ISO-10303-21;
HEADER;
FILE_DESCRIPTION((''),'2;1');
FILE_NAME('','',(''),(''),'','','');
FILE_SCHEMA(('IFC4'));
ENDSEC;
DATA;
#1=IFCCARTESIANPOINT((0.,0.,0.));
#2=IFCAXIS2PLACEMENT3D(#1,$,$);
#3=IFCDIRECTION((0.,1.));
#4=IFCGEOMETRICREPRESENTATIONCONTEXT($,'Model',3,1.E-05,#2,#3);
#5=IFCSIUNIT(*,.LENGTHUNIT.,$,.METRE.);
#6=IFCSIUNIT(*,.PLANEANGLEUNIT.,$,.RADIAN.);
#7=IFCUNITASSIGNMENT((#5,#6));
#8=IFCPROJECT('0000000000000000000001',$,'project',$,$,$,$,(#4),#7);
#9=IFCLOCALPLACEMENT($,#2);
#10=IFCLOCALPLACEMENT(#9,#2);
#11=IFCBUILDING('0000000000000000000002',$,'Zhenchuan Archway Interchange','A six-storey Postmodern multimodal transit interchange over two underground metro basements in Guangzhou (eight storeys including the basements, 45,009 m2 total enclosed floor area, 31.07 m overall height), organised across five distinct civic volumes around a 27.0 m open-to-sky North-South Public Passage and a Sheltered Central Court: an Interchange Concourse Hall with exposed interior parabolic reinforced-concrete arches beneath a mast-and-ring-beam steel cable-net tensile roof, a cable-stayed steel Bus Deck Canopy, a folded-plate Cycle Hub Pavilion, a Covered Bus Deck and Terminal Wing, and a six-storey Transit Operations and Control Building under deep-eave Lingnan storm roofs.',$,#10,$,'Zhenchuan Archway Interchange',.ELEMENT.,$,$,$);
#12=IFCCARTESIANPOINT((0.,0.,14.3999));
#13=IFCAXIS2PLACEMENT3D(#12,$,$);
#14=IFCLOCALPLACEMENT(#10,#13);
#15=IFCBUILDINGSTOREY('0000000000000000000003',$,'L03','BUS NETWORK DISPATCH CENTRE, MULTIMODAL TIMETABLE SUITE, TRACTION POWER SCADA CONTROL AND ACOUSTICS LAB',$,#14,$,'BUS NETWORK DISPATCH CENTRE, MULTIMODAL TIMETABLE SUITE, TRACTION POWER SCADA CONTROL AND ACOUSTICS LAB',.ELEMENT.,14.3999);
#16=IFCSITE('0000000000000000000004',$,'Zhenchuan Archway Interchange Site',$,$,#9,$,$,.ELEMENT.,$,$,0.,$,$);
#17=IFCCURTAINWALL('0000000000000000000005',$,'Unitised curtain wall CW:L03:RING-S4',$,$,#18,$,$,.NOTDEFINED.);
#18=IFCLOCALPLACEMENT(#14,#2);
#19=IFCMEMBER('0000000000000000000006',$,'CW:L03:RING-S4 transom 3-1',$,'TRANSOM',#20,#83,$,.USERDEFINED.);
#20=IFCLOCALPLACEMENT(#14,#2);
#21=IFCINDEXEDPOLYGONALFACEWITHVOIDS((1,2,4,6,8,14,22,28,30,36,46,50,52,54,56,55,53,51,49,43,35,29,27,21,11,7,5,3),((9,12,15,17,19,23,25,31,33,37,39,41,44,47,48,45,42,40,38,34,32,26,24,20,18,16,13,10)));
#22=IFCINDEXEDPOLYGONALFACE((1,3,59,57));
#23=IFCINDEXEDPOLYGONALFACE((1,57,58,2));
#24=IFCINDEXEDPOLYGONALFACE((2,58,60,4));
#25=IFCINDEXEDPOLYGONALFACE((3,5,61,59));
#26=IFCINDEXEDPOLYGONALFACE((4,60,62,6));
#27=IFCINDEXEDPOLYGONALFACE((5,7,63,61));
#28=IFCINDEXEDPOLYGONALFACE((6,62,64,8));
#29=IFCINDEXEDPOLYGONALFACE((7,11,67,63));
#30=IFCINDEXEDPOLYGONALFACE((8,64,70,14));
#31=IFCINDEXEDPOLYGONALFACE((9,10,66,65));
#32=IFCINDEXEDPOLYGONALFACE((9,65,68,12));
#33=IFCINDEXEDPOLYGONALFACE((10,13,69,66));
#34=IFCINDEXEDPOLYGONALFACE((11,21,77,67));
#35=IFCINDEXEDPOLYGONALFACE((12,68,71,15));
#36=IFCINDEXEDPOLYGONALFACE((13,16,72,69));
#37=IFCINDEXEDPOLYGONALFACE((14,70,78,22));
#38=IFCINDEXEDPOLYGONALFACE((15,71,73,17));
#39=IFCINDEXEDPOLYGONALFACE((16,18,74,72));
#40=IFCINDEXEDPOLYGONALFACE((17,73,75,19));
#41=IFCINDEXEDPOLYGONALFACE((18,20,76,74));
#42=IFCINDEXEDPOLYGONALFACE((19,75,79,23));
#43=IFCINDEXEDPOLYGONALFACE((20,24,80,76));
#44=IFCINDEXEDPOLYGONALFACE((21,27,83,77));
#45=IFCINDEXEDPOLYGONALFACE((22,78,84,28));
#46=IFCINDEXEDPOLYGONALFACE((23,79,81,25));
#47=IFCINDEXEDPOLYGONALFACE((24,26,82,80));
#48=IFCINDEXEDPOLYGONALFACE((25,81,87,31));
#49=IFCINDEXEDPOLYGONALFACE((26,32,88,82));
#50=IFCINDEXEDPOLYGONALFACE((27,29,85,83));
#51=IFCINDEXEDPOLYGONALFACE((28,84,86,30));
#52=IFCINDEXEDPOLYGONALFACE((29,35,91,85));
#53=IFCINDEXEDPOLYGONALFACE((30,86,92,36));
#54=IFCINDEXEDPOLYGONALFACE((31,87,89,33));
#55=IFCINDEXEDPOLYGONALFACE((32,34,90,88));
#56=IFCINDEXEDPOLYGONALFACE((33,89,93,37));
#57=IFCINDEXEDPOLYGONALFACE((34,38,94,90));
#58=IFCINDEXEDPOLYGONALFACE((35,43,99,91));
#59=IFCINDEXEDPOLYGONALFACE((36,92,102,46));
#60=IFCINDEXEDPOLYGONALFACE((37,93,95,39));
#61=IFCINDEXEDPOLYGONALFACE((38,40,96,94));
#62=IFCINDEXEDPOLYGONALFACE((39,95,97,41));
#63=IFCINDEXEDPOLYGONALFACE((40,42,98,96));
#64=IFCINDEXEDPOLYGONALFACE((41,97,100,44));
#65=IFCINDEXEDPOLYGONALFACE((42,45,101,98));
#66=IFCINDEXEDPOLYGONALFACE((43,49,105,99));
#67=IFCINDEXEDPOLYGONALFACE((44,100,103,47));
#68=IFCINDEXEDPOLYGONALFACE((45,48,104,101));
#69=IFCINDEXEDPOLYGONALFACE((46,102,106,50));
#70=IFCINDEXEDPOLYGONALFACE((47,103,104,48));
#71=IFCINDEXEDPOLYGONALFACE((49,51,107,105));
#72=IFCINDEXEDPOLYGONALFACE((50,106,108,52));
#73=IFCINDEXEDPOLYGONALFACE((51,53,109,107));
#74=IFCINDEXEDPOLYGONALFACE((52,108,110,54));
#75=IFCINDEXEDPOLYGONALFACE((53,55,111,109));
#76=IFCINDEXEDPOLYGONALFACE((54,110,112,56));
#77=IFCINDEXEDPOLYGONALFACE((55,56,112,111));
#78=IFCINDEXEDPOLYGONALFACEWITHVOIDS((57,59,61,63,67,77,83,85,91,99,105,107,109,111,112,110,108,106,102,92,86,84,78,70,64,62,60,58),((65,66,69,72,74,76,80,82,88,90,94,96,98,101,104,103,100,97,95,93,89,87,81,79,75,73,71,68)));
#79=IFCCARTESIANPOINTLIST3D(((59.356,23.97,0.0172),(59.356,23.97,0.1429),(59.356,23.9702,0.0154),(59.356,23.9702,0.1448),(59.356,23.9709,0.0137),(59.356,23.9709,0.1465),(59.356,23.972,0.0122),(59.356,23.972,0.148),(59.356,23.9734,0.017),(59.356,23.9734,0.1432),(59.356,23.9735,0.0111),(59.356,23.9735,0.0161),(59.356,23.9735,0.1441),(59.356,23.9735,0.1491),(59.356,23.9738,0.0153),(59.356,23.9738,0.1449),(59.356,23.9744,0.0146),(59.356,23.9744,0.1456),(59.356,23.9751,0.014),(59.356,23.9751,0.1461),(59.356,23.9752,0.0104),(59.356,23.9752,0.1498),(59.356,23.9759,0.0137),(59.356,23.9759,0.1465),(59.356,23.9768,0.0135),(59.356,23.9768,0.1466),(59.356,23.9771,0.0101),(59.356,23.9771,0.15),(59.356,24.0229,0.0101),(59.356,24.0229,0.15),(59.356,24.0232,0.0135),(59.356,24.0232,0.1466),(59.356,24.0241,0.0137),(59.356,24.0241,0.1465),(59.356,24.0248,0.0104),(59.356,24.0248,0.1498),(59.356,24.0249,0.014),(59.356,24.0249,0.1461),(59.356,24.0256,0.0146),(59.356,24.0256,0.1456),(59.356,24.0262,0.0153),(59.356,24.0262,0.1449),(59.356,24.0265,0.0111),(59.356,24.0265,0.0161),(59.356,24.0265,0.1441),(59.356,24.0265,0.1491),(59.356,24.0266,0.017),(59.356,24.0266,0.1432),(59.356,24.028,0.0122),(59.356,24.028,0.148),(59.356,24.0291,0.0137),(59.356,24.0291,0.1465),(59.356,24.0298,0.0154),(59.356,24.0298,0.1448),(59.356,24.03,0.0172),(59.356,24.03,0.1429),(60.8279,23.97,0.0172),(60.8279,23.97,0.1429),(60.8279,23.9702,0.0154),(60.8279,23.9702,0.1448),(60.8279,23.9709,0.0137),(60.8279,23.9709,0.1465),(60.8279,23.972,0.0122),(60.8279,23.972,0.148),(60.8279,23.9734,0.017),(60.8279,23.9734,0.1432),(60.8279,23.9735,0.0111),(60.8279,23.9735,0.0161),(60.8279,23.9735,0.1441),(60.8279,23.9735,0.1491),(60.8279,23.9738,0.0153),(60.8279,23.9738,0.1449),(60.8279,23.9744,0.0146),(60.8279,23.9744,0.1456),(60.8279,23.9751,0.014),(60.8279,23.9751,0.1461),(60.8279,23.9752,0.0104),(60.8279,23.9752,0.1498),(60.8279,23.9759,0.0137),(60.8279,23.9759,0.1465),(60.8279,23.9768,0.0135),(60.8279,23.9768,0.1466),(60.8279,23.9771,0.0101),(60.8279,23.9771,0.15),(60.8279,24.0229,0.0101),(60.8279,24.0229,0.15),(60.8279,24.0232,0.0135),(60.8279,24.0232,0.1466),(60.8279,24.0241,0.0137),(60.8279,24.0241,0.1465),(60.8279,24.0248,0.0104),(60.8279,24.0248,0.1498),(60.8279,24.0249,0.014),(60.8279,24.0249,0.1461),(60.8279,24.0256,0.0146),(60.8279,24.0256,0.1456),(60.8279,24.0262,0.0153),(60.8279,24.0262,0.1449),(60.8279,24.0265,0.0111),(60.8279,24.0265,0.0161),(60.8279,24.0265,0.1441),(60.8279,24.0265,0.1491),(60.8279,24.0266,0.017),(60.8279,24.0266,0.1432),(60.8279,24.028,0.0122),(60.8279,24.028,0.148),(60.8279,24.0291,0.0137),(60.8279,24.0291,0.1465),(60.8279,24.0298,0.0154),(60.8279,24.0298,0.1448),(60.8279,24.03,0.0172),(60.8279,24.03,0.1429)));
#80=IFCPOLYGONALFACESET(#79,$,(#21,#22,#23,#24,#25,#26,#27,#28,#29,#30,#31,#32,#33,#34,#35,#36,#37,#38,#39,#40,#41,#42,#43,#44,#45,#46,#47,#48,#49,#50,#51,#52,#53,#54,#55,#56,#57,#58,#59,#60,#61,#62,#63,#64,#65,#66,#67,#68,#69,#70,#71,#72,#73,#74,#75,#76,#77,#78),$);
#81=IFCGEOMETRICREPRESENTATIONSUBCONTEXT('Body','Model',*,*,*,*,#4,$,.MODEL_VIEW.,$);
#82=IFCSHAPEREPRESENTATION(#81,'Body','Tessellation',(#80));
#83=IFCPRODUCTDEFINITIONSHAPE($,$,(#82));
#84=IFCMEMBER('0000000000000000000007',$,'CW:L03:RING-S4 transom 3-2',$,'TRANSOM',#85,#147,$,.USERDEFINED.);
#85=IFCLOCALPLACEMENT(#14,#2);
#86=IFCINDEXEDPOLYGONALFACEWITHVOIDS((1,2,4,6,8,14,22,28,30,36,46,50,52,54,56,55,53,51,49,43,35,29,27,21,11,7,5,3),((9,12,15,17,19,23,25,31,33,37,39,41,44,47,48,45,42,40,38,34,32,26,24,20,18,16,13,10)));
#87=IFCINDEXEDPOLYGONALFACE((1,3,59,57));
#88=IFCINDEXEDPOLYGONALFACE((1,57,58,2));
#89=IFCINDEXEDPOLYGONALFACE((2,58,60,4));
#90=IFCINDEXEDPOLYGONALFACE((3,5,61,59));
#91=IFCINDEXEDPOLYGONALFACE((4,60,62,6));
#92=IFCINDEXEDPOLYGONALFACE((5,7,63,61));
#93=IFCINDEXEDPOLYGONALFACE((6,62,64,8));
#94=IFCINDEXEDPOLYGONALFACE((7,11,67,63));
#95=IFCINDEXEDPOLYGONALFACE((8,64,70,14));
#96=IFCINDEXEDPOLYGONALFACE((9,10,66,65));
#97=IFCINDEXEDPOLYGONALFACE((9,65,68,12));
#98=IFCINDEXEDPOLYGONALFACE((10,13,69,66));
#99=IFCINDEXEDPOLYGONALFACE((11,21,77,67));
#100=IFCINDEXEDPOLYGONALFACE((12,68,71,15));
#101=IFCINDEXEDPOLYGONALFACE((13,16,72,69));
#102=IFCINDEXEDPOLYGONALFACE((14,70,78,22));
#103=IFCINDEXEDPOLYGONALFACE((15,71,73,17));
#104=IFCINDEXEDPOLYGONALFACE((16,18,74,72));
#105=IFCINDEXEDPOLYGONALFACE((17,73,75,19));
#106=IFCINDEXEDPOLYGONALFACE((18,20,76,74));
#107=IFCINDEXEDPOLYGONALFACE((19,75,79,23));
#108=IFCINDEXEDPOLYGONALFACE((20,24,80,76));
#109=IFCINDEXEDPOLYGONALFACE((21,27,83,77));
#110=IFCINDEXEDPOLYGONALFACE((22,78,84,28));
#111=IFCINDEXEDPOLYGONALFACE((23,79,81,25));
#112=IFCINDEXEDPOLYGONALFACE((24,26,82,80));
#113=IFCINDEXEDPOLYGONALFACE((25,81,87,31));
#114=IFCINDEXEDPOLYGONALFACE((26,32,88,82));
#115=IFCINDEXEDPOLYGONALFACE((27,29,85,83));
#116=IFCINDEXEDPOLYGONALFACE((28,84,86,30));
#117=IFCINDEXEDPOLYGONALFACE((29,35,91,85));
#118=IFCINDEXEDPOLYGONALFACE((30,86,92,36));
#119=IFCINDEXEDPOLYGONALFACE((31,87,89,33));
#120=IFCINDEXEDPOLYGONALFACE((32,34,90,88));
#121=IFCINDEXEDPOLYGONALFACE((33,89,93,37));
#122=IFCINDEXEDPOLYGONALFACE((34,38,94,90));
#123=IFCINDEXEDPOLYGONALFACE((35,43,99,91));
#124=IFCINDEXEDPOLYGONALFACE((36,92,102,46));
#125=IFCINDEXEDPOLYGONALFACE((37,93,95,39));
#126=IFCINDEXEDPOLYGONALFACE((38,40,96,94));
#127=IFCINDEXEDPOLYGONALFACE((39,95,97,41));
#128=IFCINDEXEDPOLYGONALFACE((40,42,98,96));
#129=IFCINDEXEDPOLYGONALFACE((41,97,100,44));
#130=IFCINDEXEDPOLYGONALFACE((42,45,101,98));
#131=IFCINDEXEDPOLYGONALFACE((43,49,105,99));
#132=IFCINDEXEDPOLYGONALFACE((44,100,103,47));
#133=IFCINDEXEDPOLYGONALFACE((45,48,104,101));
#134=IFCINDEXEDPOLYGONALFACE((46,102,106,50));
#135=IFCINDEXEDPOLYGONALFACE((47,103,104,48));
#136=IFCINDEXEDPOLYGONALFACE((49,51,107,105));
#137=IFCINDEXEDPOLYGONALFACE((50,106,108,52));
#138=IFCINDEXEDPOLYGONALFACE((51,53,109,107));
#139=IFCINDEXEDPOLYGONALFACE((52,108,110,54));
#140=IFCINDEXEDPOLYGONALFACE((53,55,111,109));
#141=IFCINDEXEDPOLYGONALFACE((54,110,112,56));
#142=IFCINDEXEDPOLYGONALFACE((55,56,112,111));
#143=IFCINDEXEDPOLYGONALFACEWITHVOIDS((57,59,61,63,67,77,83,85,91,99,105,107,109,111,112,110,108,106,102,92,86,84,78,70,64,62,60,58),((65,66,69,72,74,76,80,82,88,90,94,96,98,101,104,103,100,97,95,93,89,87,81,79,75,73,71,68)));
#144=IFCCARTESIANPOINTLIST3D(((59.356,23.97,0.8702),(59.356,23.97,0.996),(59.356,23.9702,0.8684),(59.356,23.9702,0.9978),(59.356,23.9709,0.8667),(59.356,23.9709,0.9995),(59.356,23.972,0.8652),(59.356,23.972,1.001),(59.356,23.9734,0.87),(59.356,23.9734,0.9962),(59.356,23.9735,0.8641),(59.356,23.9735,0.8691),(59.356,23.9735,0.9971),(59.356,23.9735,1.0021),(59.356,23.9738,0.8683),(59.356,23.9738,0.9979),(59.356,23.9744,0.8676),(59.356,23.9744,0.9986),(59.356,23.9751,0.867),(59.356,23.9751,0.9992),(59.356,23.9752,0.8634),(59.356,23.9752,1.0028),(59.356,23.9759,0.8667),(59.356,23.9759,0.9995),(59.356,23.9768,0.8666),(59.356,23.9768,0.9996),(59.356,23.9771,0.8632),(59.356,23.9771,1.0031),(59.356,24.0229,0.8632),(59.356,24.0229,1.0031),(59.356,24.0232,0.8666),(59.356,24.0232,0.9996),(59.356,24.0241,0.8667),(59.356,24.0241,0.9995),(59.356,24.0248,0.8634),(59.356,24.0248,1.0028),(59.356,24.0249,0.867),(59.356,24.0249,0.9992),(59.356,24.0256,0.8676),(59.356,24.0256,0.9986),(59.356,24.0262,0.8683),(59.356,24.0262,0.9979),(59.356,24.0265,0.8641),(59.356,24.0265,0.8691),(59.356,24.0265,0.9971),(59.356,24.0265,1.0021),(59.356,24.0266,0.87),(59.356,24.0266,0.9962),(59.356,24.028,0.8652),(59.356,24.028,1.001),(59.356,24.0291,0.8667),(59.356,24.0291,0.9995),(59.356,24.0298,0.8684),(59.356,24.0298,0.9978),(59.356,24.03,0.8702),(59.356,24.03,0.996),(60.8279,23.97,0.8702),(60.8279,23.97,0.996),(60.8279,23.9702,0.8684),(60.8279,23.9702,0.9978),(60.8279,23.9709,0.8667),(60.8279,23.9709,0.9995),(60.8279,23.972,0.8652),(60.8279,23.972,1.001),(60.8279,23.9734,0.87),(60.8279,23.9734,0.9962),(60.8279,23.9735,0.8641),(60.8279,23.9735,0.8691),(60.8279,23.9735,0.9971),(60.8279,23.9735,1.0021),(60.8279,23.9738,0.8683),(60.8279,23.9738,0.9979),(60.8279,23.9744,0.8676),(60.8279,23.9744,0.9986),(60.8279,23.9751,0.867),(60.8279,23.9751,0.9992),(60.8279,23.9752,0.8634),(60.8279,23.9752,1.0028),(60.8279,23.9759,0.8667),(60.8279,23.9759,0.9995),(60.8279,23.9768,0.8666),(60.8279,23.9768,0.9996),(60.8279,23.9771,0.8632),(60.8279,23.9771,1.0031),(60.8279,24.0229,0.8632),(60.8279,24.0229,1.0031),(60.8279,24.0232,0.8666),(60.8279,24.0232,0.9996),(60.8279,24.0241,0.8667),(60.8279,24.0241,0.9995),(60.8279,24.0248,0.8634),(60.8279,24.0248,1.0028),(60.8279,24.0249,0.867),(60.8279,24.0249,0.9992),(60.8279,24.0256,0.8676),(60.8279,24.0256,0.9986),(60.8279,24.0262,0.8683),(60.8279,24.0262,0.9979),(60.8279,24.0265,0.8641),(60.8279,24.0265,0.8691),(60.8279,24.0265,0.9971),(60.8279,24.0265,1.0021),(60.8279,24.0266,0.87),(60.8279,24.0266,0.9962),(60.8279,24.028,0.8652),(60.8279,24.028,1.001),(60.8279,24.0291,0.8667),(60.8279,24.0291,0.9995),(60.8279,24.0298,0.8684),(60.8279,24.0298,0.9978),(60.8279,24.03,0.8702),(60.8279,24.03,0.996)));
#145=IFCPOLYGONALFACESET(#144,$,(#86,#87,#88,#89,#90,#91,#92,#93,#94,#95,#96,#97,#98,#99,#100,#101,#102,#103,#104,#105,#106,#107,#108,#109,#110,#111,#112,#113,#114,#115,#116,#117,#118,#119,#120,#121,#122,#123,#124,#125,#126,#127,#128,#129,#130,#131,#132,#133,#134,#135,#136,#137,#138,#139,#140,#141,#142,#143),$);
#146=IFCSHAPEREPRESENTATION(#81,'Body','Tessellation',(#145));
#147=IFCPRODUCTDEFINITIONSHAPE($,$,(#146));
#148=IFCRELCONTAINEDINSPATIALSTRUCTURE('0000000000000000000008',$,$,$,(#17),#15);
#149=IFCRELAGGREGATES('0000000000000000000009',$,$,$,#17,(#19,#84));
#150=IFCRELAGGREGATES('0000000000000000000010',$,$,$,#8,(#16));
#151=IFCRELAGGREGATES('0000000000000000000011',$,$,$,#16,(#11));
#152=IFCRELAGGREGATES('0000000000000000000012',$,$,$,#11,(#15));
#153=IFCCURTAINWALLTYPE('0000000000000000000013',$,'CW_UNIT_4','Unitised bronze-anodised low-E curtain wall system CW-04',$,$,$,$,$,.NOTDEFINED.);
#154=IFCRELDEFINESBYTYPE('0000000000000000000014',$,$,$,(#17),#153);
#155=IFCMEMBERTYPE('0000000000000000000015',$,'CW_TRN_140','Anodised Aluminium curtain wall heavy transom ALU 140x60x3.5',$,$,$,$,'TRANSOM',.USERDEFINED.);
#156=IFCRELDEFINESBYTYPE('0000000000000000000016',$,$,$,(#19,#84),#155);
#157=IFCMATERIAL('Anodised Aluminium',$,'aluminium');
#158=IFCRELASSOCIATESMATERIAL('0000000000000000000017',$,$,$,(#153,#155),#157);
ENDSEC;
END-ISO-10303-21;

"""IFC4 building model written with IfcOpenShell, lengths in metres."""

from ifc_helpers import new_model, si_unit, direction, frame, origin, origin_2d, place, context, subcontext, project, spatial, hollow_rectangle, extrude, material, material_profile, profile_set, type_object, element, aggregate, save


model = new_model("IFC4")

# Units and contexts
model_context = context("Model", 3, precision=1e-05, world=origin(), true_north=direction((0.0, 1.0)))
body_context = subcontext(model_context, "Body", "Model", "MODEL_VIEW")
ifc_project = project(units=[si_unit("LENGTHUNIT", "METRE"), si_unit("PLANEANGLEUNIT", "RADIAN")], contexts=[model_context])

# Site, building, storey
site_placement = place(None, origin())
site = spatial("IfcSite", under=ifc_project, at=site_placement, Name="Zhenchuan Archway Interchange Site", CompositionType="ELEMENT", RefElevation=0.0)
building_placement = place(site_placement, origin())
building = spatial("IfcBuilding", under=site, at=building_placement, Name="Zhenchuan Archway Interchange", Description="A six-storey Postmodern multimodal transit interchange over two underground metro basements in Guangzhou (eight storeys including the basements, 45,009 m2 total enclosed floor area, 31.07 m overall height), organised across five distinct civic volumes around a 27.0 m open-to-sky North-South Public Passage and a Sheltered Central Court: an Interchange Concourse Hall with exposed interior parabolic reinforced-concrete arches beneath a mast-and-ring-beam steel cable-net tensile roof, a cable-stayed steel Bus Deck Canopy, a folded-plate Cycle Hub Pavilion, a Covered Bus Deck and Terminal Wing, and a six-storey Transit Operations and Control Building under deep-eave Lingnan storm roofs.", LongName="Zhenchuan Archway Interchange", CompositionType="ELEMENT")
storey_placement = place(building_placement, frame((0.0, 0.0, 14.3999)))
storey = spatial("IfcBuildingStorey", under=building, at=storey_placement, Name="L03", Description="BUS NETWORK DISPATCH CENTRE, MULTIMODAL TIMETABLE SUITE, TRACTION POWER SCADA CONTROL AND ACOUSTICS LAB", LongName="BUS NETWORK DISPATCH CENTRE, MULTIMODAL TIMETABLE SUITE, TRACTION POWER SCADA CONTROL AND ACOUSTICS LAB", CompositionType="ELEMENT", Elevation=14.3999)

# Curtain wall
ifc_material_1 = material(Name="Anodised Aluminium", Category="aluminium")
curtain_wall_type = type_object("IfcCurtainWallType", Name="CW_UNIT_4", Description="Unitised bronze-anodised low-E curtain wall system CW-04", PredefinedType="NOTDEFINED", material=ifc_material_1)
curtain_wall_1_placement = place(storey_placement, origin())
curtain_wall_1 = element("IfcCurtainWall", 1, at=curtain_wall_1_placement, inside=storey, type_object=curtain_wall_type, Name="Unitised curtain wall CW:L03:RING-S4", PredefinedType="NOTDEFINED")

# Members
ifc_material_profile_1 = material_profile(ifc_material_1, hollow_rectangle(XDim=0.0601, YDim=0.1399, WallThickness=0.0034, InnerFilletRadius=0.0034, OuterFilletRadius=0.0071, at=origin_2d()), Name="ALU 140x60x3.5")
ifc_profile_set_1 = profile_set([ifc_material_profile_1], Name="Anodised Aluminium")
member_type_1 = type_object("IfcMemberType", Name="CW_TRN_140", Description="Anodised Aluminium curtain wall heavy transom ALU 140x60x3.5", ElementType="TRANSOM", PredefinedType="USERDEFINED", material=ifc_profile_set_1)
member_1_placement = place(storey_placement, frame((59.356, 24.0, 0.0801), z_axis=(1.0, 0.0, 0.0), x_axis=(0.0, 1.0, 0.0)))
member_1 = element("IfcMember", 2, at=member_1_placement, type_object=member_type_1, Name="CW:L03:RING-S4 transom 3-1", ObjectType="TRANSOM", PredefinedType="USERDEFINED", context=body_context, shape_type="SweptSolid", body=[
    extrude(hollow_rectangle(XDim=0.0601, YDim=0.1399, WallThickness=0.0034, InnerFilletRadius=0.0034, OuterFilletRadius=0.0071, at=origin_2d()), origin(), (0.0, 0.0, 1.0), 1.4719),
])
member_2_placement = place(storey_placement, frame((59.356, 24.0, 0.9331), z_axis=(1.0, 0.0, 0.0), x_axis=(0.0, 1.0, 0.0)))
member_2 = element("IfcMember", 3, at=member_2_placement, type_object=member_type_1, Name="CW:L03:RING-S4 transom 3-2", ObjectType="TRANSOM", PredefinedType="USERDEFINED", context=body_context, shape_type="SweptSolid", body=[
    extrude(hollow_rectangle(XDim=0.0601, YDim=0.1399, WallThickness=0.0034, InnerFilletRadius=0.0034, OuterFilletRadius=0.0071, at=origin_2d()), origin(), (0.0, 0.0, 1.0), 1.4719),
])

aggregate(curtain_wall_1, [member_1, member_2])

save(model, "model.ifc")
